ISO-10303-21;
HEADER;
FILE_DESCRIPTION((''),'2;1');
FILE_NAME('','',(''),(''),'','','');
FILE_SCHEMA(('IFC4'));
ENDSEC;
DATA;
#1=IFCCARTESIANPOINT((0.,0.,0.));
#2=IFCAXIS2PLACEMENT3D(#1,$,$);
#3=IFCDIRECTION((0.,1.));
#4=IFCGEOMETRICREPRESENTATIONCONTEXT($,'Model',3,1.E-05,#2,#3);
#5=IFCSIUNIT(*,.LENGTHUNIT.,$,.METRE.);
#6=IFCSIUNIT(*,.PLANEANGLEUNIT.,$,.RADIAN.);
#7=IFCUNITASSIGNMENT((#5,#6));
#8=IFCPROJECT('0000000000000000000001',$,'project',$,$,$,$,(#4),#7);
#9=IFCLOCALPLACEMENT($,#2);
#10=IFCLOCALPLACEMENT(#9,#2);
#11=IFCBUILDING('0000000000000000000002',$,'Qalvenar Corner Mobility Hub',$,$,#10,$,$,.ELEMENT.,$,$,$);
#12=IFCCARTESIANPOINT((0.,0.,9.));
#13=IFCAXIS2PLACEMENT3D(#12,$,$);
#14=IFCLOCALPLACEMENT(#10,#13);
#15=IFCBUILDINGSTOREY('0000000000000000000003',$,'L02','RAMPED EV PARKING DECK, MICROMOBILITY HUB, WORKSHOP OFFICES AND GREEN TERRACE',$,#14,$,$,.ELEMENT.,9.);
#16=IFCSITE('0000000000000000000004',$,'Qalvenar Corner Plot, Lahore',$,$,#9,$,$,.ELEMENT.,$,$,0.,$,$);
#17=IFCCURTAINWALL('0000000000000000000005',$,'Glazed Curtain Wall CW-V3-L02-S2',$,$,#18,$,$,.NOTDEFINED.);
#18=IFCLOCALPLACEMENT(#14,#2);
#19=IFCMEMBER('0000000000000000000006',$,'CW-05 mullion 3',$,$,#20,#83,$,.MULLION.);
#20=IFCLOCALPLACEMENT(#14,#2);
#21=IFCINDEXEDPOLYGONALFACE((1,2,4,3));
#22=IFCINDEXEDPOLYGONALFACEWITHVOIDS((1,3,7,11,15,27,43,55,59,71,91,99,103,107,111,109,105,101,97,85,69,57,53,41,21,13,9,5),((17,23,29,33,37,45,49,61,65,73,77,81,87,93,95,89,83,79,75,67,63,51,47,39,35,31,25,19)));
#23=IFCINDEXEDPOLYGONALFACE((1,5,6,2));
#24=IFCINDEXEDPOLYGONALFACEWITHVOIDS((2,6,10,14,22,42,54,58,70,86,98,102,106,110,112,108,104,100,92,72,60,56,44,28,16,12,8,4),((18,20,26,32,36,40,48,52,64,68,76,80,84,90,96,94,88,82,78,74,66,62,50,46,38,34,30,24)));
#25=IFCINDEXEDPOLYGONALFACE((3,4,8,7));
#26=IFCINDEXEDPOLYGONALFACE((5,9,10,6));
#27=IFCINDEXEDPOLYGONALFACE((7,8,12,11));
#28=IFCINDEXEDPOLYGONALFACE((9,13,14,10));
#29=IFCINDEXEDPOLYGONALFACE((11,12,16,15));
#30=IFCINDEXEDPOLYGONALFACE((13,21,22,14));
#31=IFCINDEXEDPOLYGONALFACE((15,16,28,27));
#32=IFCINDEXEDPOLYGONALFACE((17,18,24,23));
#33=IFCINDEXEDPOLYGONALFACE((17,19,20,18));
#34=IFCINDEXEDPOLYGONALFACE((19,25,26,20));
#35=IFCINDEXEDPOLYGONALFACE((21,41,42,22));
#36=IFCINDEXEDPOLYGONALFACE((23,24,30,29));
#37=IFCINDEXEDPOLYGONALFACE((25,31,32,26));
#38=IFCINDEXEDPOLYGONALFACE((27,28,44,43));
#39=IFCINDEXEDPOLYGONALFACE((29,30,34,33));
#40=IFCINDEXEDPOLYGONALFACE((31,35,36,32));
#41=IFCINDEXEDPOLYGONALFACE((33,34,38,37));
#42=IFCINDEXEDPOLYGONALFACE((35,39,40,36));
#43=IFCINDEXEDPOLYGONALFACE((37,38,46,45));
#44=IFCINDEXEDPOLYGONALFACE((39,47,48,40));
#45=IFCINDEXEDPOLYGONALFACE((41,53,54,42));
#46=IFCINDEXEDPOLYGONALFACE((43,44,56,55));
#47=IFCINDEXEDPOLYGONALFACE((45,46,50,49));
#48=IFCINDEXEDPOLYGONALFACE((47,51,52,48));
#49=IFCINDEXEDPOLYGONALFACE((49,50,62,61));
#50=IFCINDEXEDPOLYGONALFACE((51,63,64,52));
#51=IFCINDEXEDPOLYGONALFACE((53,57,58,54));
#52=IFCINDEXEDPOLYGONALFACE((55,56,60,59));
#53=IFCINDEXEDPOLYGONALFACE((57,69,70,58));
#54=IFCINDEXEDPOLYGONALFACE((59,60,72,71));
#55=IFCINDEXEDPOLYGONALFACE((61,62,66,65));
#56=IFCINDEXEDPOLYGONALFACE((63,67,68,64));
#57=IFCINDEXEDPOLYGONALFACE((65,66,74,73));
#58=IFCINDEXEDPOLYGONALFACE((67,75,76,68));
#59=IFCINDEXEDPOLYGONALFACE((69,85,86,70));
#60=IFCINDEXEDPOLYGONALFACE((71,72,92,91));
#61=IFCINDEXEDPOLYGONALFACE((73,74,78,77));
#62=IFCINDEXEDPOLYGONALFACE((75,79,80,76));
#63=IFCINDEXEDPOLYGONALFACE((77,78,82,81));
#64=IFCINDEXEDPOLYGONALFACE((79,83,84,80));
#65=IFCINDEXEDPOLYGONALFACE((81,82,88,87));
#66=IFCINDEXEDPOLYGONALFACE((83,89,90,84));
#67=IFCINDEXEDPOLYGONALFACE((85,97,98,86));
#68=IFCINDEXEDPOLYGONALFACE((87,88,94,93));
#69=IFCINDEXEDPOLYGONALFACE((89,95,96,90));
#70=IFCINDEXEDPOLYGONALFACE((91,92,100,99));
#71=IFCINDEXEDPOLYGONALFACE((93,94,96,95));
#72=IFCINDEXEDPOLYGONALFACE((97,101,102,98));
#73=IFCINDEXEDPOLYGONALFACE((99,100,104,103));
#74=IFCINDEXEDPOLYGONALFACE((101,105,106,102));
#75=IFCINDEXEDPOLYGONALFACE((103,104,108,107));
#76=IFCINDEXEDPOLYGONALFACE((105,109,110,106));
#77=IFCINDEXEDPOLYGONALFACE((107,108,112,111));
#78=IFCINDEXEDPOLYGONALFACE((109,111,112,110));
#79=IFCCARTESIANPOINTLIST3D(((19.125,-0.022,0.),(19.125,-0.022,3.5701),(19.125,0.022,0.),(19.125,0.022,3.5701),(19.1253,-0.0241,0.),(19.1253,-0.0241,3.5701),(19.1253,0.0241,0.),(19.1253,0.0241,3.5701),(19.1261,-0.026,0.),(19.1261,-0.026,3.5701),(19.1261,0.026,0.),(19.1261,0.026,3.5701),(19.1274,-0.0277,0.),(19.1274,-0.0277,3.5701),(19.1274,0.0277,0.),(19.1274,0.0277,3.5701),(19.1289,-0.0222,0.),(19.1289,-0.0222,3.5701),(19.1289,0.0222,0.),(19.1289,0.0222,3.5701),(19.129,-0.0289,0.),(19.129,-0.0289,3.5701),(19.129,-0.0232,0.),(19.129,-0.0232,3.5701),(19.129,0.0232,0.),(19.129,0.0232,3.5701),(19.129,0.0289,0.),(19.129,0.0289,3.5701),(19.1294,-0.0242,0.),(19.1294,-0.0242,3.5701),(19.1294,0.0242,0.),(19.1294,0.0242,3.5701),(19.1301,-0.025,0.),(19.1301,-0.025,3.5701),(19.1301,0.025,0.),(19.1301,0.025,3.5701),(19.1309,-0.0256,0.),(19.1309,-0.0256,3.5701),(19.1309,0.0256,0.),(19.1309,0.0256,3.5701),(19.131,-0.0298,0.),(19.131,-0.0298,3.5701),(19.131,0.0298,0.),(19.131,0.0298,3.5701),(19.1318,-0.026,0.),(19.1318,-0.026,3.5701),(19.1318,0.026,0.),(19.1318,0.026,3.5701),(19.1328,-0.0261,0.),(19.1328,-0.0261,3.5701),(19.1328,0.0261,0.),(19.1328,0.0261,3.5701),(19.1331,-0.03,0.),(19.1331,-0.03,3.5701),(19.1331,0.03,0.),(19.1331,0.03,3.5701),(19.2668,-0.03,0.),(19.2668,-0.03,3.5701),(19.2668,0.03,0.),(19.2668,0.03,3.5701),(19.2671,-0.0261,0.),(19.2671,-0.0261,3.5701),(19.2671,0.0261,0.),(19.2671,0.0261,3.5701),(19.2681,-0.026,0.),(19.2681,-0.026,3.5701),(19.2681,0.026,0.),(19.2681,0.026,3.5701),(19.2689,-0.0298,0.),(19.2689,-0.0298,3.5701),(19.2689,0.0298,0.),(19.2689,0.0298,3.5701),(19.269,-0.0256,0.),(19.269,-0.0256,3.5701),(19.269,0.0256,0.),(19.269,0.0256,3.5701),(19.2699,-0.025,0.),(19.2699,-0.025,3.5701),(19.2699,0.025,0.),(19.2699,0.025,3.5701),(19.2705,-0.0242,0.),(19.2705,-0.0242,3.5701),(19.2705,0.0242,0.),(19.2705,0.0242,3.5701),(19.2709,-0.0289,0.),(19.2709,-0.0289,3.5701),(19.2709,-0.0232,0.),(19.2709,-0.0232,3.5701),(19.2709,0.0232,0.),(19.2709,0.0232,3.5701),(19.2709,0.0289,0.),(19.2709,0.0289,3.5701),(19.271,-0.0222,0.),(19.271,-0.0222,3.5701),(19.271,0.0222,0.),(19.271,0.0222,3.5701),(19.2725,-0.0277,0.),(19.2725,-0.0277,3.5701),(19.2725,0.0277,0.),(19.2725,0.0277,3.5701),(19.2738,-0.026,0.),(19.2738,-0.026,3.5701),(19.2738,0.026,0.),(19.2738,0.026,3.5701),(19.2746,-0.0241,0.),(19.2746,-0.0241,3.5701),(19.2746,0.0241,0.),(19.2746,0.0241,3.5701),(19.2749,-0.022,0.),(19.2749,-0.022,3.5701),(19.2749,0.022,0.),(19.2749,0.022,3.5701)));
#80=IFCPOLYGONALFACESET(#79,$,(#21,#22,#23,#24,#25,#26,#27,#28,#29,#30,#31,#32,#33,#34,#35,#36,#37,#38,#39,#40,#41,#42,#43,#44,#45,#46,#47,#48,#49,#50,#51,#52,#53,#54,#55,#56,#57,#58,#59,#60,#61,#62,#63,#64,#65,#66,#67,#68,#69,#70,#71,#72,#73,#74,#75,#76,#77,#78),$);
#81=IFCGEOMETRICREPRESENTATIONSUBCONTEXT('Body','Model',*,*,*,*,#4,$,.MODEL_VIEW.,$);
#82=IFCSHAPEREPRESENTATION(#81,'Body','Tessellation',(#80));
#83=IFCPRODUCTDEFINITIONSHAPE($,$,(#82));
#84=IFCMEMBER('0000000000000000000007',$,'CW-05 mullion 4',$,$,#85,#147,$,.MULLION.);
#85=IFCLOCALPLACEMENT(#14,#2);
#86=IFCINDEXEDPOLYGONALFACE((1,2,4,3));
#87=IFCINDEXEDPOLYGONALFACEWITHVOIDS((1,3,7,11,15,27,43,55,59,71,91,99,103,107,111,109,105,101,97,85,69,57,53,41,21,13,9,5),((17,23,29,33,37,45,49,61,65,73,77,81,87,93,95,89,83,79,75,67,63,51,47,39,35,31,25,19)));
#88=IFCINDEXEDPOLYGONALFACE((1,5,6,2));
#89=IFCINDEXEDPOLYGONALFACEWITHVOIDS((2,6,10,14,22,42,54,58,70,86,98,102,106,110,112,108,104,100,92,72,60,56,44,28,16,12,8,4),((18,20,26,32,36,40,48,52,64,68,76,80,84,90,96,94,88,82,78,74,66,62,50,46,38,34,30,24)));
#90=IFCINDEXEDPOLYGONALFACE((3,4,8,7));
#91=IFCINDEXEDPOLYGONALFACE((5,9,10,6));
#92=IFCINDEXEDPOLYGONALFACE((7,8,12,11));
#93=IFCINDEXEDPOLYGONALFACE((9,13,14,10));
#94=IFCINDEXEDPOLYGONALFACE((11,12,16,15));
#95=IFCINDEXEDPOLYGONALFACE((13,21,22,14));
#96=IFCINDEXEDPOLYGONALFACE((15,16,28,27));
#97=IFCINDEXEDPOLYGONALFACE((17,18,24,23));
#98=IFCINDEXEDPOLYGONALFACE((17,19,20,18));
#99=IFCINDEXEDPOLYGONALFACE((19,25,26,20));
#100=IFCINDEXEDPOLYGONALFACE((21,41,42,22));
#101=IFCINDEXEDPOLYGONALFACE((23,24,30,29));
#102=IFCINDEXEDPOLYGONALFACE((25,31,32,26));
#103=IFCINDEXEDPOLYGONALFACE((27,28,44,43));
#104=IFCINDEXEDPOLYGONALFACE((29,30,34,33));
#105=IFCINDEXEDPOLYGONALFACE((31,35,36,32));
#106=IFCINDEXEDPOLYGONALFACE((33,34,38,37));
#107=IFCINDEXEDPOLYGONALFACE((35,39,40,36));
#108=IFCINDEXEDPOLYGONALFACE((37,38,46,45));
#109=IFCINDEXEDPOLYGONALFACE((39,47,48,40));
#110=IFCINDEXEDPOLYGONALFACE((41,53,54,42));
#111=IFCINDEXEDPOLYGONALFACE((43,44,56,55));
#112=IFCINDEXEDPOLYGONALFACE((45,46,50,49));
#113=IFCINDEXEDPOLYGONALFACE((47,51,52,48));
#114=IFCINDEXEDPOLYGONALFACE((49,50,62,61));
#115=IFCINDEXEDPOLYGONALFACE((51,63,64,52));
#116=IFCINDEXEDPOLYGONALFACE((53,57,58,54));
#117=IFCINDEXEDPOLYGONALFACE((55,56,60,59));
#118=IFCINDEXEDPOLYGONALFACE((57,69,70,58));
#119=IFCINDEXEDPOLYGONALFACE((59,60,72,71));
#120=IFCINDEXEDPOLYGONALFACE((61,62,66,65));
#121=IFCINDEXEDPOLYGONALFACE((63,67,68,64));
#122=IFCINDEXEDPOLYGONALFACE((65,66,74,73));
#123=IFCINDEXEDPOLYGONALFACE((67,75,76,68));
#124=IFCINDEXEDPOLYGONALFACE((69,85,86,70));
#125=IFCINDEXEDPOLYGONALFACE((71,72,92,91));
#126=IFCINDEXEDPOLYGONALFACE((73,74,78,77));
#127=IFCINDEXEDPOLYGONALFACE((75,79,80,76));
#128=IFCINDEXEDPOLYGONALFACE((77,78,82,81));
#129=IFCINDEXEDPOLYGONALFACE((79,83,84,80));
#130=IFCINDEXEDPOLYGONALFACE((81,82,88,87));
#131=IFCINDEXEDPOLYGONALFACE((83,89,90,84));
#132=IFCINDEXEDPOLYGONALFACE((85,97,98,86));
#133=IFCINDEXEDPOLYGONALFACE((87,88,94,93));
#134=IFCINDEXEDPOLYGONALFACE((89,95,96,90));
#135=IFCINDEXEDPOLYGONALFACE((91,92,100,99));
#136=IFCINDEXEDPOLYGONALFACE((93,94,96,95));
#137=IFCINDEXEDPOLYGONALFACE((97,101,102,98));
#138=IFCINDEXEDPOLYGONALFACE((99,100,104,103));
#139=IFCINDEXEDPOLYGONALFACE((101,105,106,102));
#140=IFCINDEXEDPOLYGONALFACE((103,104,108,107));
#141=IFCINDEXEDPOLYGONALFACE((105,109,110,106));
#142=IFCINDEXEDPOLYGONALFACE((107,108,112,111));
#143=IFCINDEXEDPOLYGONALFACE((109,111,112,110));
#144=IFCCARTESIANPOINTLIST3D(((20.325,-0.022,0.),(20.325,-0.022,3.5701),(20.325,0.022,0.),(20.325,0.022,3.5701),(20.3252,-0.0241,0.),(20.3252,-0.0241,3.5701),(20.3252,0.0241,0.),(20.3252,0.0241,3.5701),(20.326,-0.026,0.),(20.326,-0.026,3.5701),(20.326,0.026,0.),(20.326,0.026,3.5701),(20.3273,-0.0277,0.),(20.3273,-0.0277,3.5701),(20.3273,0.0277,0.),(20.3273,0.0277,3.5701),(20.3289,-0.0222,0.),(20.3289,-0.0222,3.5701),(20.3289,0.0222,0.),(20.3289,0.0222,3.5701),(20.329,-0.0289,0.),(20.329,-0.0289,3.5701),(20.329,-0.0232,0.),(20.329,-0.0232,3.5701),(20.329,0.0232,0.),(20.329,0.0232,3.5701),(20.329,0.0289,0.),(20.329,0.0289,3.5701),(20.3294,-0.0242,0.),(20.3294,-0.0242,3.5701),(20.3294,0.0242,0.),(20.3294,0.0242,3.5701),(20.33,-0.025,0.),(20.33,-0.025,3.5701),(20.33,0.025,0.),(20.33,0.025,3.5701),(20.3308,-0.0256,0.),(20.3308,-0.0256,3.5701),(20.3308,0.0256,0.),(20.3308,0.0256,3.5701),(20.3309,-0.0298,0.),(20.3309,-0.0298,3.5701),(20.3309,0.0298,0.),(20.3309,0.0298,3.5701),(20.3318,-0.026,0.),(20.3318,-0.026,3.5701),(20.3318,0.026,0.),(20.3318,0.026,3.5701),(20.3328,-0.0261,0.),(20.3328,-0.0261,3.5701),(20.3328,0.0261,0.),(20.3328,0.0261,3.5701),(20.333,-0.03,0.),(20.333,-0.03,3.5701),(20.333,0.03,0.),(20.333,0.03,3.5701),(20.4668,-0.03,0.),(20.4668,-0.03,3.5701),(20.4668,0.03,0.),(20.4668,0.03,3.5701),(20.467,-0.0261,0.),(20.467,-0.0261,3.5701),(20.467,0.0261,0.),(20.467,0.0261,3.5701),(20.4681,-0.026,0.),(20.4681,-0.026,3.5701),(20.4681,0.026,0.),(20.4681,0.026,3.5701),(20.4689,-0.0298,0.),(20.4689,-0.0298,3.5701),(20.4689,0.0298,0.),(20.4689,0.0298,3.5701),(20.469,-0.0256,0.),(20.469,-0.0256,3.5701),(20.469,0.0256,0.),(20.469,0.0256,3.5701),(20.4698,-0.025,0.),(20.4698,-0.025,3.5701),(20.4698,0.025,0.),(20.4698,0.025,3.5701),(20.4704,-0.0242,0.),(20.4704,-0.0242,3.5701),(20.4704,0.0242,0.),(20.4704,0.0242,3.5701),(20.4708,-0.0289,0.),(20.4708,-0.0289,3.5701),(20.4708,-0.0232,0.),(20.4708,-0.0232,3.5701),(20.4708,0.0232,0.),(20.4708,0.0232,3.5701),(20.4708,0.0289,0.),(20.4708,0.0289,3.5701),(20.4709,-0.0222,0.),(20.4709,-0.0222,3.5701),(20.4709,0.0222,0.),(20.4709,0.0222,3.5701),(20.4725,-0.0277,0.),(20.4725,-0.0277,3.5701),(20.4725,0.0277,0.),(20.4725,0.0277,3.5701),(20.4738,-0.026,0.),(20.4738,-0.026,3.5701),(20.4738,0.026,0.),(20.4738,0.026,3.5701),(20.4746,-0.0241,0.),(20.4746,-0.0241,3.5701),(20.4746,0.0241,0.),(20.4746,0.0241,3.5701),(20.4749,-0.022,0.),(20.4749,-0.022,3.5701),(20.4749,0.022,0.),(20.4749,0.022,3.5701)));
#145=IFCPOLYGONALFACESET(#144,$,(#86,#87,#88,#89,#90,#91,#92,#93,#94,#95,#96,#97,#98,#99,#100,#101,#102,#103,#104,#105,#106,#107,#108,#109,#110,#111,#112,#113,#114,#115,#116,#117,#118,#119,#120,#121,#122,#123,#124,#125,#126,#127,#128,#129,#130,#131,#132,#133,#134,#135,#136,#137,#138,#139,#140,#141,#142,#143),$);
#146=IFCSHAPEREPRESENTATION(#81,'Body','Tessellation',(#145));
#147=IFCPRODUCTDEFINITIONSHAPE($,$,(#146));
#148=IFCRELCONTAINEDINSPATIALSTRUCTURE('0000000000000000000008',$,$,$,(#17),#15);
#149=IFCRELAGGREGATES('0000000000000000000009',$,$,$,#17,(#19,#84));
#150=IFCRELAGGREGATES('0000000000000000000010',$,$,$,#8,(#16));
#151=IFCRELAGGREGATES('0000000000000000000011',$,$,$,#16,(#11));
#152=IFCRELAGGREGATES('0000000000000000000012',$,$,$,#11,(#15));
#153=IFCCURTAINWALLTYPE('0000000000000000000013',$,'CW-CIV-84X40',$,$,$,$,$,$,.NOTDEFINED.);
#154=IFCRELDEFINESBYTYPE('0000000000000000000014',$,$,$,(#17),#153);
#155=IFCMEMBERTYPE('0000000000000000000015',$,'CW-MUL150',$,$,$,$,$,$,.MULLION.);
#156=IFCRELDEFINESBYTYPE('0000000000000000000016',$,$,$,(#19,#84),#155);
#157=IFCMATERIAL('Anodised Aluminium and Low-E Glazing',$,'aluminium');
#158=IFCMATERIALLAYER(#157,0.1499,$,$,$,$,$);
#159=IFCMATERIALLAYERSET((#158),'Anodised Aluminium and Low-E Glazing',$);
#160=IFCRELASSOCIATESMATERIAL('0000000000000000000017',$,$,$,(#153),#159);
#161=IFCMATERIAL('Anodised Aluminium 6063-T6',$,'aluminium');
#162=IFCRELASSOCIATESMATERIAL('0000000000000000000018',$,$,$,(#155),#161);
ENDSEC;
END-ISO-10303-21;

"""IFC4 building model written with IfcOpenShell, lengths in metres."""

from ifc_helpers import new_model, si_unit, direction, frame, origin, origin_2d, place, context, subcontext, project, spatial, hollow_rectangle, extrude, material, layer, layer_set, material_profile, profile_set, type_object, element, aggregate, save


model = new_model("IFC4")

# Units and contexts
model_context = context("Model", 3, precision=1e-05, world=origin(), true_north=direction((0.0, 1.0)))
body_context = subcontext(model_context, "Body", "Model", "MODEL_VIEW")
ifc_project = project(units=[si_unit("LENGTHUNIT", "METRE"), si_unit("PLANEANGLEUNIT", "RADIAN")], contexts=[model_context])

# Site, building, storey
site_placement = place(None, origin())
site = spatial("IfcSite", under=ifc_project, at=site_placement, Name="Qalvenar Corner Plot, Lahore", CompositionType="ELEMENT", RefElevation=0.0)
building_placement = place(site_placement, origin())
building = spatial("IfcBuilding", under=site, at=building_placement, Name="Qalvenar Corner Mobility Hub", CompositionType="ELEMENT")
storey_placement = place(building_placement, frame((0.0, 0.0, 9.0)))
storey = spatial("IfcBuildingStorey", under=building, at=storey_placement, Name="L02", Description="RAMPED EV PARKING DECK, MICROMOBILITY HUB, WORKSHOP OFFICES AND GREEN TERRACE", CompositionType="ELEMENT", Elevation=9.0)

# Curtain wall, members
ifc_material_1 = material(Name="Anodised Aluminium and Low-E Glazing", Category="aluminium")
ifc_layer_1 = layer(ifc_material_1, 0.1499)
ifc_layer_set_1 = layer_set([ifc_layer_1], Name="Anodised Aluminium and Low-E Glazing")
curtain_wall_type = type_object("IfcCurtainWallType", Name="CW-CIV-84X40", PredefinedType="NOTDEFINED", material=ifc_layer_set_1)
curtain_wall_placement = place(storey_placement, origin())
curtain_wall = element("IfcCurtainWall", 1, at=curtain_wall_placement, inside=storey, type_object=curtain_wall_type, Name="Glazed Curtain Wall CW-V3-L02-S2", PredefinedType="NOTDEFINED")
ifc_material_2 = material(Name="Anodised Aluminium 6063-T6", Category="aluminium")
ifc_material_profile_1 = material_profile(ifc_material_2, hollow_rectangle(XDim=0.0601, YDim=0.1499, WallThickness=0.0039, InnerFilletRadius=0.0039, OuterFilletRadius=0.0081, at=origin_2d()), Name="RHS150x60x4")
ifc_profile_set_1 = profile_set([ifc_material_profile_1], Name="Anodised Aluminium 6063-T6")
member_type_1 = type_object("IfcMemberType", Name="CW-MUL150", PredefinedType="MULLION", material=ifc_profile_set_1)
member_1_placement = place(storey_placement, frame((19.2, 0.0, 0.0), z_axis=(0.0, 0.0, 1.0), x_axis=(0.0, 1.0, 0.0)))
member_1 = element("IfcMember", 2, at=member_1_placement, type_object=member_type_1, Name="CW-05 mullion 3", PredefinedType="MULLION", context=body_context, shape_type="SweptSolid", body=[
    extrude(hollow_rectangle(XDim=0.0601, YDim=0.1499, WallThickness=0.0039, InnerFilletRadius=0.0039, OuterFilletRadius=0.0081, at=origin_2d()), origin(), (0.0, 0.0, 1.0), 3.5701),
])
member_2_placement = place(storey_placement, frame((20.3999, 0.0, 0.0), z_axis=(0.0, 0.0, 1.0), x_axis=(0.0, 1.0, 0.0)))
member_2 = element("IfcMember", 3, at=member_2_placement, type_object=member_type_1, Name="CW-05 mullion 4", PredefinedType="MULLION", context=body_context, shape_type="SweptSolid", body=[
    extrude(hollow_rectangle(XDim=0.0601, YDim=0.1499, WallThickness=0.0039, InnerFilletRadius=0.0039, OuterFilletRadius=0.0081, at=origin_2d()), origin(), (0.0, 0.0, 1.0), 3.5701),
])
aggregate(curtain_wall, [member_1, member_2])

save(model, "model.ifc")
